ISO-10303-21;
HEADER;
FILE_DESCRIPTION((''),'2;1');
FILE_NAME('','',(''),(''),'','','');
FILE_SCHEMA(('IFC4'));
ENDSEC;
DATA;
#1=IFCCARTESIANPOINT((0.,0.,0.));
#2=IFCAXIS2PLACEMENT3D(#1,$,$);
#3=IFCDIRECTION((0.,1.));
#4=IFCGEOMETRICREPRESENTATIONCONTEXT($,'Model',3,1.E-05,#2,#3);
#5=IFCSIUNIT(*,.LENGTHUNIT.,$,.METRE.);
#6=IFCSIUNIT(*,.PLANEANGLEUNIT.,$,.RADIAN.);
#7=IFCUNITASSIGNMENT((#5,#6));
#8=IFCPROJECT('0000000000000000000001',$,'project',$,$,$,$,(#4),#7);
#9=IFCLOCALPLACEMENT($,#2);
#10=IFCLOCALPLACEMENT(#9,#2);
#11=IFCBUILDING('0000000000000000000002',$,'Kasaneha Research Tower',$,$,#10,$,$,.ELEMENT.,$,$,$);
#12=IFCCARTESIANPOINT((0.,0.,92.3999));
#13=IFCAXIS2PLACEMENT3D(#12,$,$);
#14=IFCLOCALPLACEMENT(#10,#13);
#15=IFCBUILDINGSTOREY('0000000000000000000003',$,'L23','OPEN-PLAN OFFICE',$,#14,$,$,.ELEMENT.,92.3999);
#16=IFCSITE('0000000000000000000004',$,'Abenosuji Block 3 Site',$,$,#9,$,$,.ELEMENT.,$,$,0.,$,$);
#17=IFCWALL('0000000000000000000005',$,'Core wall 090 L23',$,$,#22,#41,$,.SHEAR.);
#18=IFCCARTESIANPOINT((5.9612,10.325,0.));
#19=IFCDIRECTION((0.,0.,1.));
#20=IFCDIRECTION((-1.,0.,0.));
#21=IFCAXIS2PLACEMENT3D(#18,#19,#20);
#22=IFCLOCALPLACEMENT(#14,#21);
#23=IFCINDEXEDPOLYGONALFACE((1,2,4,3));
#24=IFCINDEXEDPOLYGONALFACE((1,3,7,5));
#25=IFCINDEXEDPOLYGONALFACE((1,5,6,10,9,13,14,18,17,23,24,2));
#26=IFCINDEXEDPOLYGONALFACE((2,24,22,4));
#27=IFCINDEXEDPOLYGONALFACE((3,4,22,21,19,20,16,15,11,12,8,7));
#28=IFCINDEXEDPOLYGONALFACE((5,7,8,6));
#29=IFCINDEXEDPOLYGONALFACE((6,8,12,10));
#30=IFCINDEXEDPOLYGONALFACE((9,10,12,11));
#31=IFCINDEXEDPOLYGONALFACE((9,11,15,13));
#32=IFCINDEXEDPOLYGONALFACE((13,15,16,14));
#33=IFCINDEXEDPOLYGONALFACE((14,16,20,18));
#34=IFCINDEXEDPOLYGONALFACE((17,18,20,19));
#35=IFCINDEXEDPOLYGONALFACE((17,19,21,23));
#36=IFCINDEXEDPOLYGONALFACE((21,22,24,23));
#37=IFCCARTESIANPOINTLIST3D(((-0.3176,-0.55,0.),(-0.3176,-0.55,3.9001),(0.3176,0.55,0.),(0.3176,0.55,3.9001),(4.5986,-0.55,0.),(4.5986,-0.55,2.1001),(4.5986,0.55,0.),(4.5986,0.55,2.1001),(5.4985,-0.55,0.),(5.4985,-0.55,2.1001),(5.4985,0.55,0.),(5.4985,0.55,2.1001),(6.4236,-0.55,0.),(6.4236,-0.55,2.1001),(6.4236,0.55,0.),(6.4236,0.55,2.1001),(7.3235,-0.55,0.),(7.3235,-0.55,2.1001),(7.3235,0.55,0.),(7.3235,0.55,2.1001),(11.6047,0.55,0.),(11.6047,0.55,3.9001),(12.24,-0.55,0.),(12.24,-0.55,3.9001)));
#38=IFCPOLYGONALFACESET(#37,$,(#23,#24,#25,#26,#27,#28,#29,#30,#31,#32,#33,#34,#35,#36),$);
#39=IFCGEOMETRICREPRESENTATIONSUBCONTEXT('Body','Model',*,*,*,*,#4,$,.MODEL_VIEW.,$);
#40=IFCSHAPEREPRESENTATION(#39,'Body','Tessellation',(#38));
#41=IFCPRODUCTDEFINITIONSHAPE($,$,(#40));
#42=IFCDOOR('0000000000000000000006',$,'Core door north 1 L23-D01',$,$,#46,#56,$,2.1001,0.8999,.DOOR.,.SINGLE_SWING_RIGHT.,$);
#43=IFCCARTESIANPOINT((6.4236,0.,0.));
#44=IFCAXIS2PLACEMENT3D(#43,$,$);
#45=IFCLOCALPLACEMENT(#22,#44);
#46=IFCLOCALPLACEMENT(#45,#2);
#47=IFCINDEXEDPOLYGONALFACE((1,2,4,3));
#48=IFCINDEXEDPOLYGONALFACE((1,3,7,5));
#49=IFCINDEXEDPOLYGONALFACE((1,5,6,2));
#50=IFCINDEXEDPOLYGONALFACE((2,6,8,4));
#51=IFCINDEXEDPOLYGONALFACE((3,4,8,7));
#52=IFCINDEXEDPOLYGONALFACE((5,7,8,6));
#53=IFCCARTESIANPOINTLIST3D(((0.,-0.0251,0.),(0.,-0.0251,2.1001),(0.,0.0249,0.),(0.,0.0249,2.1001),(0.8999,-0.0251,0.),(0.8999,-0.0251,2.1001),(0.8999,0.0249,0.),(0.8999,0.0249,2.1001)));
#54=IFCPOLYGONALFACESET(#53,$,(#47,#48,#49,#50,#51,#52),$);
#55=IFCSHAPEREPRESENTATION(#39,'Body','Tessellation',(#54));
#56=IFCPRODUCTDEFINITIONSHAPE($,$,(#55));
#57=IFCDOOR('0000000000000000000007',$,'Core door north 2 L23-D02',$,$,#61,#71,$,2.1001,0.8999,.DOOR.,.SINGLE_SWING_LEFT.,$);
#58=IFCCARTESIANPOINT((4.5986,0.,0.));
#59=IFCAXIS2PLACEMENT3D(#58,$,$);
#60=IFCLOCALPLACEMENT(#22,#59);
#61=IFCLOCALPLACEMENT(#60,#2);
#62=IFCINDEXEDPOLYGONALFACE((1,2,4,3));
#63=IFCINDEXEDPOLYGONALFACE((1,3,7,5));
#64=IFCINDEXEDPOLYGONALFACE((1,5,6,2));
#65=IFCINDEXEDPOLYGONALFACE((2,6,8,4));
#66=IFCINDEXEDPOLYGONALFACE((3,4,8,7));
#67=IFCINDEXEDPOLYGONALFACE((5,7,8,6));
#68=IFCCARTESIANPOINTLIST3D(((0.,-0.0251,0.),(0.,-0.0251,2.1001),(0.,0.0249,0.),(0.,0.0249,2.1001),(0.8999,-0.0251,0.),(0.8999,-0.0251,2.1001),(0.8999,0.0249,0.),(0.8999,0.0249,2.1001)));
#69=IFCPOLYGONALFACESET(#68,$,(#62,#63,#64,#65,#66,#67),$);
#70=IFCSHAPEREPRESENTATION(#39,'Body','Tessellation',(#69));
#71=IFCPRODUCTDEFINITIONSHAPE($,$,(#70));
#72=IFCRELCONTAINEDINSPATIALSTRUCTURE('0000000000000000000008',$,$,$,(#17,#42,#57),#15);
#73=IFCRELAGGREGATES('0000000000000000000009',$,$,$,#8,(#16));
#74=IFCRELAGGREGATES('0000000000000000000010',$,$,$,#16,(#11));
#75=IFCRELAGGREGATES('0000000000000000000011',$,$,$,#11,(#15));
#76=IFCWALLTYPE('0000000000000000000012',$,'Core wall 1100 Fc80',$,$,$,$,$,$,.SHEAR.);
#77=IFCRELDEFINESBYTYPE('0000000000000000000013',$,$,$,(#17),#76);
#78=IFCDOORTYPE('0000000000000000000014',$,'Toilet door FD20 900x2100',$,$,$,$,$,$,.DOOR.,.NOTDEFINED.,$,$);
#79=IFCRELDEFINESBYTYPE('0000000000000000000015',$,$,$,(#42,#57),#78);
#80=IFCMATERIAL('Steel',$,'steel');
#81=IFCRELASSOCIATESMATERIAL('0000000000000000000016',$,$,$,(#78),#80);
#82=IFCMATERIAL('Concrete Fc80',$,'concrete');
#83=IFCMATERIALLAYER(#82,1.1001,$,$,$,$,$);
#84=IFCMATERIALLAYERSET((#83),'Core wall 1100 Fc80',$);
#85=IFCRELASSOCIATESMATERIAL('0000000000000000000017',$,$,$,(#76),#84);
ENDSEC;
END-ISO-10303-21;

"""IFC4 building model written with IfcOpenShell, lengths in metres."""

from ifc_helpers import new_model, si_unit, direction, frame, frame_2d, origin, place, context, subcontext, project, spatial, polyline, rectangle, outline, extrude, material, layer, layer_set, type_object, element, fill, save


model = new_model("IFC4")

# Units and contexts
model_context = context("Model", 3, precision=1e-05, world=origin(), true_north=direction((0.0, 1.0)))
body_context = subcontext(model_context, "Body", "Model", "MODEL_VIEW")
ifc_project = project(units=[si_unit("LENGTHUNIT", "METRE"), si_unit("PLANEANGLEUNIT", "RADIAN")], contexts=[model_context])

# Site, building, storey
site_placement = place(None, origin())
site = spatial("IfcSite", under=ifc_project, at=site_placement, Name="Abenosuji Block 3 Site", CompositionType="ELEMENT", RefElevation=0.0)
building_placement = place(site_placement, origin())
building = spatial("IfcBuilding", under=site, at=building_placement, Name="Kasaneha Research Tower", CompositionType="ELEMENT")
storey_placement = place(building_placement, frame((0.0, 0.0, 92.3999)))
storey = spatial("IfcBuildingStorey", under=building, at=storey_placement, Name="L23", Description="OPEN-PLAN OFFICE", CompositionType="ELEMENT", Elevation=92.3999)

# Shared definitions
ifc_material_1 = material(Name="Steel", Category="steel")
door_type_1 = type_object("IfcDoorType", Name="Toilet door FD20 900x2100", OperationType="NOTDEFINED", PredefinedType="DOOR", material=ifc_material_1)

# Wall, openings, doors
ifc_material_2 = material(Name="Concrete Fc80", Category="concrete")
ifc_layer_1 = layer(ifc_material_2, 1.1001)
ifc_layer_set_1 = layer_set([ifc_layer_1], Name="Core wall 1100 Fc80")
wall_type_1 = type_object("IfcWallType", Name="Core wall 1100 Fc80", PredefinedType="SHEAR", material=ifc_layer_set_1)
wall_1_placement = place(storey_placement, frame((5.9612, 10.325, 0.0), z_axis=(0.0, 0.0, 1.0), x_axis=(-1.0, 0.0, 0.0)))
wall_1 = element("IfcWall", 1, at=wall_1_placement, inside=storey, type_object=wall_type_1, Name="Core wall 090 L23", PredefinedType="SHEAR", context=body_context, shape_type="SweptSolid", body=[
    extrude(outline(polyline([(-0.3176, -0.55), (4.5986, -0.55), (5.4985, -0.55), (6.4236, -0.55), (7.3235, -0.55), (12.24, -0.55), (11.6047, 0.55), (7.3235, 0.55), (6.4236, 0.55), (5.4985, 0.55), (4.5986, 0.55), (0.3176, 0.55), (-0.3176, -0.55)])), origin(), (0.0, 0.0, 1.0), 3.9001),
])
opening_1_placement = place(wall_1_placement, frame((6.4236, 0.0, 0.0)))
opening_1 = element("IfcOpeningElement", 2, at=opening_1_placement, cuts=wall_1, PredefinedType="OPENING", context=body_context, shape_type="SweptSolid", body=[
    extrude(rectangle(XDim=0.8999, YDim=2.1001, at=frame_2d((0.45, 1.05))), frame((0.0, 0.5601, 0.0), z_axis=(0.0, -1.0, 0.0), x_axis=(1.0, 0.0, 0.0)), (0.0, 0.0, 1.0), 1.1201),
])
opening_2_placement = place(wall_1_placement, frame((4.5986, 0.0, 0.0)))
opening_2 = element("IfcOpeningElement", 3, at=opening_2_placement, cuts=wall_1, PredefinedType="OPENING", context=body_context, shape_type="SweptSolid", body=[
    extrude(rectangle(XDim=0.8999, YDim=2.1001, at=frame_2d((0.45, 1.05))), frame((0.0, 0.5601, 0.0), z_axis=(0.0, -1.0, 0.0), x_axis=(1.0, 0.0, 0.0)), (0.0, 0.0, 1.0), 1.1201),
])
door_1_placement = place(opening_1_placement, origin())
door_1 = element("IfcDoor", 4, at=door_1_placement, inside=storey, type_object=door_type_1, Name="Core door north 1 L23-D01", OperationType="SINGLE_SWING_RIGHT", OverallHeight=2.1001, OverallWidth=0.8999, PredefinedType="DOOR", context=body_context, shape_type="SweptSolid", body=[
    extrude(rectangle(XDim=0.8999, YDim=2.1001, at=frame_2d((0.45, 1.05))), frame((0.0, 0.0249, 0.0), z_axis=(0.0, -1.0, 0.0), x_axis=(1.0, 0.0, 0.0)), (0.0, 0.0, 1.0), 0.05),
])
fill(opening_1, door_1)
door_2_placement = place(opening_2_placement, origin())
door_2 = element("IfcDoor", 5, at=door_2_placement, inside=storey, type_object=door_type_1, Name="Core door north 2 L23-D02", OperationType="SINGLE_SWING_LEFT", OverallHeight=2.1001, OverallWidth=0.8999, PredefinedType="DOOR", context=body_context, shape_type="SweptSolid", body=[
    extrude(rectangle(XDim=0.8999, YDim=2.1001, at=frame_2d((0.45, 1.05))), frame((0.0, 0.0249, 0.0), z_axis=(0.0, -1.0, 0.0), x_axis=(1.0, 0.0, 0.0)), (0.0, 0.0, 1.0), 0.05),
])
fill(opening_2, door_2)

save(model, "model.ifc")
